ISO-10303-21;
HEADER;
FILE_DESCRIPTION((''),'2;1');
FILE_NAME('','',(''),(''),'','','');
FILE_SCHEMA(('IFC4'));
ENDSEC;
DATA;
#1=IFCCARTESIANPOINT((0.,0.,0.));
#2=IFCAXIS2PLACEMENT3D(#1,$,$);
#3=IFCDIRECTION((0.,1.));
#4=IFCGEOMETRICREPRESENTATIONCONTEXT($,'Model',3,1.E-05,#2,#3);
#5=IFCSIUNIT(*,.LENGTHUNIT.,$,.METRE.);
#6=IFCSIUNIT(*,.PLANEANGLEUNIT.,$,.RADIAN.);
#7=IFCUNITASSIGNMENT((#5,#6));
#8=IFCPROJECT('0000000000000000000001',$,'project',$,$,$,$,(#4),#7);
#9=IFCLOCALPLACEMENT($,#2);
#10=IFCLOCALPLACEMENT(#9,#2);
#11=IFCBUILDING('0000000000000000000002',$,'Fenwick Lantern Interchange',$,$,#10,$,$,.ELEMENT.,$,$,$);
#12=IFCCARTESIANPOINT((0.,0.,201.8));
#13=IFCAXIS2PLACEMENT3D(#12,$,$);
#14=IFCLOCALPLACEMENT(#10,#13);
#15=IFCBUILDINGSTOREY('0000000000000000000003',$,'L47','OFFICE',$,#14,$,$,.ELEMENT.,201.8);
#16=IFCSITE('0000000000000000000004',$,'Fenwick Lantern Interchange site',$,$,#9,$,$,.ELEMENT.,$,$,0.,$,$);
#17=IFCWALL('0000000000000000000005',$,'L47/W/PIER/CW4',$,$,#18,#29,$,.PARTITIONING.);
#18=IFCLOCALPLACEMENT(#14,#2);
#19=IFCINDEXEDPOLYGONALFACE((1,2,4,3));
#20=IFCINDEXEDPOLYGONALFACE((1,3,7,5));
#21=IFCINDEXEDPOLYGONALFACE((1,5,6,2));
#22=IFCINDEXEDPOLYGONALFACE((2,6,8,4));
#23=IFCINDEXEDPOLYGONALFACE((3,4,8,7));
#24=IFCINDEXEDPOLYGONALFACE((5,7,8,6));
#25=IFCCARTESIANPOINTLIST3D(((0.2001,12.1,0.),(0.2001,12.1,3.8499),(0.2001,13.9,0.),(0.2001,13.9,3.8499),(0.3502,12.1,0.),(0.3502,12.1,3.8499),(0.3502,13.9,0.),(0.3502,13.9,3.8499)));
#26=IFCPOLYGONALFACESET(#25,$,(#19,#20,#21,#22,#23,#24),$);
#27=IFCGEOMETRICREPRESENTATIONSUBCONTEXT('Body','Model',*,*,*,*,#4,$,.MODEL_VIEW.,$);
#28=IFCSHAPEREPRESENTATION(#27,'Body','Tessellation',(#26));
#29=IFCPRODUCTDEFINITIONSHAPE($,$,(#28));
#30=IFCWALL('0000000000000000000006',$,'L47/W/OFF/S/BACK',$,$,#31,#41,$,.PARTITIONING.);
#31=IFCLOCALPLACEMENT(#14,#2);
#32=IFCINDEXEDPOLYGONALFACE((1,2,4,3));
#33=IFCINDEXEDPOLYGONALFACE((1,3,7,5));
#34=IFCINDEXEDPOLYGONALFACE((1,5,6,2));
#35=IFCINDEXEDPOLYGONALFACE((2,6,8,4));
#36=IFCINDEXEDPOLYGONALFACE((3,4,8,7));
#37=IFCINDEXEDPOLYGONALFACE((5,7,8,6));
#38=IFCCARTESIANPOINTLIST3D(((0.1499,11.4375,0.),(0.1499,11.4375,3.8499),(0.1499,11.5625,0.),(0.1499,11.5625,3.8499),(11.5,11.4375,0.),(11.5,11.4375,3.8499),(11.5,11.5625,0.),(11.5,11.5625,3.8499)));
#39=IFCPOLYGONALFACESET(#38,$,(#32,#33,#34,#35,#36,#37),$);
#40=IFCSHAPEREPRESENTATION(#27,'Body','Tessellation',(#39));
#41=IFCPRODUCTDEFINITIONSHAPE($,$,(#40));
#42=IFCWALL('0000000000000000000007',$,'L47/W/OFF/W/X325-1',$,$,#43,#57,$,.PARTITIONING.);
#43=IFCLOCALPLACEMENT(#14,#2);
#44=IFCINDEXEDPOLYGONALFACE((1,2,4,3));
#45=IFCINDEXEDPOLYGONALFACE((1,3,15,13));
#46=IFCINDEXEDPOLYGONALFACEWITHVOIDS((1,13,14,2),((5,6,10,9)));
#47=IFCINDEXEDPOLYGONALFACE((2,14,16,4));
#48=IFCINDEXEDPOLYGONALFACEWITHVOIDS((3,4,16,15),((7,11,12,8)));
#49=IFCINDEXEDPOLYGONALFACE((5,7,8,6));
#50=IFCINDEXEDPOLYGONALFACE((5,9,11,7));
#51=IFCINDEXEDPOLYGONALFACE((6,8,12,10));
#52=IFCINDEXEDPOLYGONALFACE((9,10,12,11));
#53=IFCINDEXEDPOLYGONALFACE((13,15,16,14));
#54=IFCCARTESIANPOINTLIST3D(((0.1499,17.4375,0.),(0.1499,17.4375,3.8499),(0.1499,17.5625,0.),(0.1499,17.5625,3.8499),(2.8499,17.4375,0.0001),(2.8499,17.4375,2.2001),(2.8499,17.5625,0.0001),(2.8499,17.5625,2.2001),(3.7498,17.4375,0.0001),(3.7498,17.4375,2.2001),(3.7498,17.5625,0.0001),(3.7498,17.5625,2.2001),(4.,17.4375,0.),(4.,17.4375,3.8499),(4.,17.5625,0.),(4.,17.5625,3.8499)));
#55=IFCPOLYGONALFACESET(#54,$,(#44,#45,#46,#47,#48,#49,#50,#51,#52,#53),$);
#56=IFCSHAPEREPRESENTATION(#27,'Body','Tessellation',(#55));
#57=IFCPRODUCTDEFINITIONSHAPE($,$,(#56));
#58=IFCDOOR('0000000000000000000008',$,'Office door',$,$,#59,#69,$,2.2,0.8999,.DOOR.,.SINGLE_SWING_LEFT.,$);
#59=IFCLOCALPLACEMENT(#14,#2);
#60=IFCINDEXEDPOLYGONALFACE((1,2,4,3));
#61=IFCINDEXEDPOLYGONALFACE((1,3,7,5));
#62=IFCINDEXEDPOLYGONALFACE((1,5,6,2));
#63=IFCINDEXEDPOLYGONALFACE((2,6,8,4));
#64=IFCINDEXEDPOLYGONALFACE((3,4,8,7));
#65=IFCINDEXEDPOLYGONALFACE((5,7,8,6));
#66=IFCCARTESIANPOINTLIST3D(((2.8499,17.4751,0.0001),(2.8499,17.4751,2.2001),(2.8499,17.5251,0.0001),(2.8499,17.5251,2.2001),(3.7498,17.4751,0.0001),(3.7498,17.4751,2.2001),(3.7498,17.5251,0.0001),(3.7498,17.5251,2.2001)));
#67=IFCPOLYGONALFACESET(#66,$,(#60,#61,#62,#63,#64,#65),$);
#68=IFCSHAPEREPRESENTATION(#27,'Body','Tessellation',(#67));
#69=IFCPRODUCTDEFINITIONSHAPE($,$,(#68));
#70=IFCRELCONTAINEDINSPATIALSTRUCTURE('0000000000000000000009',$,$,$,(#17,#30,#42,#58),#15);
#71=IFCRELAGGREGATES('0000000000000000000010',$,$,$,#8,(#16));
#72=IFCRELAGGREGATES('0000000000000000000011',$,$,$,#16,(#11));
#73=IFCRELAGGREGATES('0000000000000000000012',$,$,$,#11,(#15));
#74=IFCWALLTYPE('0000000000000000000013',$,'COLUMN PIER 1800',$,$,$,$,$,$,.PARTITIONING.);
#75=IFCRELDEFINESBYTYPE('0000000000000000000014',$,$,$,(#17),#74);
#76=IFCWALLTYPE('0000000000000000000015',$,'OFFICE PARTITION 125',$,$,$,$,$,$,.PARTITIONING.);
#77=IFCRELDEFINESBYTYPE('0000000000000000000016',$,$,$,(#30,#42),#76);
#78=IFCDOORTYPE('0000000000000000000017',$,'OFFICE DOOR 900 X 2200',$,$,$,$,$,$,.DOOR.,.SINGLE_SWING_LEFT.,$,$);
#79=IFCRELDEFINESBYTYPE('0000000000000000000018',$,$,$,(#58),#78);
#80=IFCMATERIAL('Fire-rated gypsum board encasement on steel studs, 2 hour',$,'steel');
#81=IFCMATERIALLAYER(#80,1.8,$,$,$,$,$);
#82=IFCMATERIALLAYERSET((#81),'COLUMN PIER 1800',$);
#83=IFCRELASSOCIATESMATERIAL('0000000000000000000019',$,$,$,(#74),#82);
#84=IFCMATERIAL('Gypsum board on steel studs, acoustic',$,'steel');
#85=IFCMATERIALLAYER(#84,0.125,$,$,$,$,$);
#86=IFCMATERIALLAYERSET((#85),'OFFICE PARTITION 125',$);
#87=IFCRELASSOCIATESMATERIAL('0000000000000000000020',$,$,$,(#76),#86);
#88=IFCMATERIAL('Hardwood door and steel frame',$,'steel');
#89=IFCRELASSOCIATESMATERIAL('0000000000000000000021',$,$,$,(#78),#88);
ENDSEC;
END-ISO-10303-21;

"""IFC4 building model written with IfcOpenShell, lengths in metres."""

from ifc_helpers import new_model, si_unit, direction, frame, frame_2d, origin, place, context, subcontext, project, spatial, rectangle, extrude, material, layer, layer_set, type_object, element, fill, save


model = new_model("IFC4")

# Units and contexts
model_context = context("Model", 3, precision=1e-05, world=origin(), true_north=direction((0.0, 1.0)))
body_context = subcontext(model_context, "Body", "Model", "MODEL_VIEW")
ifc_project = project(units=[si_unit("LENGTHUNIT", "METRE"), si_unit("PLANEANGLEUNIT", "RADIAN")], contexts=[model_context])

# Site, building, storey
site_placement = place(None, origin())
site = spatial("IfcSite", under=ifc_project, at=site_placement, Name="Fenwick Lantern Interchange site", CompositionType="ELEMENT", RefElevation=0.0)
building_placement = place(site_placement, origin())
building = spatial("IfcBuilding", under=site, at=building_placement, Name="Fenwick Lantern Interchange", CompositionType="ELEMENT")
storey_placement = place(building_placement, frame((0.0, 0.0, 201.8)))
storey = spatial("IfcBuildingStorey", under=building, at=storey_placement, Name="L47", Description="OFFICE", CompositionType="ELEMENT", Elevation=201.8)

# Walls
ifc_material_1 = material(Name="Fire-rated gypsum board encasement on steel studs, 2 hour", Category="steel")
ifc_layer_1 = layer(ifc_material_1, 1.8)
ifc_layer_set_1 = layer_set([ifc_layer_1], Name="COLUMN PIER 1800")
wall_type_1 = type_object("IfcWallType", Name="COLUMN PIER 1800", PredefinedType="PARTITIONING", material=ifc_layer_set_1)
wall_1_placement = place(storey_placement, frame((0.2, 13.0, 0.0), z_axis=(0.0, 0.0, 1.0), x_axis=(1.0, 0.0, 0.0)))
element("IfcWall", 1, at=wall_1_placement, inside=storey, type_object=wall_type_1, Name="L47/W/PIER/CW4", PredefinedType="PARTITIONING", context=body_context, shape_type="SweptSolid", body=[
    extrude(rectangle(XDim=0.1501, YDim=1.8, at=frame_2d((0.0752, 0.0))), origin(), (0.0, 0.0, 1.0), 3.8499),
])
ifc_material_2 = material(Name="Gypsum board on steel studs, acoustic", Category="steel")
ifc_layer_2 = layer(ifc_material_2, 0.125)
ifc_layer_set_2 = layer_set([ifc_layer_2], Name="OFFICE PARTITION 125")
wall_type_2 = type_object("IfcWallType", Name="OFFICE PARTITION 125", PredefinedType="PARTITIONING", material=ifc_layer_set_2)
wall_2_placement = place(storey_placement, frame((0.1499, 11.5, 0.0), z_axis=(0.0, 0.0, 1.0), x_axis=(1.0, 0.0, 0.0)))
element("IfcWall", 2, at=wall_2_placement, inside=storey, type_object=wall_type_2, Name="L47/W/OFF/S/BACK", PredefinedType="PARTITIONING", context=body_context, shape_type="SweptSolid", body=[
    extrude(rectangle(XDim=11.3501, YDim=0.125, at=frame_2d((5.675, 0.0))), origin(), (0.0, 0.0, 1.0), 3.8499),
])

# Wall, opening, door
wall_3_placement = place(storey_placement, frame((0.1499, 17.5, 0.0), z_axis=(0.0, 0.0, 1.0), x_axis=(1.0, 0.0, 0.0)))
wall_3 = element("IfcWall", 3, at=wall_3_placement, inside=storey, type_object=wall_type_2, Name="L47/W/OFF/W/X325-1", PredefinedType="PARTITIONING", context=body_context, shape_type="SweptSolid", body=[
    extrude(rectangle(XDim=3.8501, YDim=0.125, at=frame_2d((1.925, 0.0))), origin(), (0.0, 0.0, 1.0), 3.8499),
])
opening_placement = place(wall_3_placement, frame((2.7, 0.0, 0.0)))
opening = element("IfcOpeningElement", 4, at=opening_placement, cuts=wall_3, PredefinedType="OPENING", context=body_context, shape_type="SweptSolid", body=[
    extrude(rectangle(XDim=0.8999, YDim=2.2, at=frame_2d((0.45, 1.1001))), frame((0.0, 0.0725, 0.0), z_axis=(0.0, -1.0, 0.0), x_axis=(1.0, 0.0, 0.0)), (0.0, 0.0, 1.0), 0.145),
])
ifc_material_3 = material(Name="Hardwood door and steel frame", Category="steel")
door_type = type_object("IfcDoorType", Name="OFFICE DOOR 900 X 2200", OperationType="SINGLE_SWING_LEFT", PredefinedType="DOOR", material=ifc_material_3)
door_placement = place(opening_placement, frame((0.8999, 0.0, 0.0), z_axis=(0.0, 0.0, 1.0), x_axis=(-1.0, 0.0, 0.0)))
door = element("IfcDoor", 5, at=door_placement, inside=storey, type_object=door_type, Name="Office door", OperationType="SINGLE_SWING_LEFT", OverallHeight=2.2, OverallWidth=0.8999, PredefinedType="DOOR", context=body_context, shape_type="SweptSolid", body=[
    extrude(rectangle(XDim=0.8999, YDim=2.2, at=frame_2d((0.45, 1.1001))), frame((0.0, 0.0249, 0.0), z_axis=(0.0, -1.0, 0.0), x_axis=(1.0, 0.0, 0.0)), (0.0, 0.0, 1.0), 0.05),
])
fill(opening, door)

save(model, "model.ifc")
